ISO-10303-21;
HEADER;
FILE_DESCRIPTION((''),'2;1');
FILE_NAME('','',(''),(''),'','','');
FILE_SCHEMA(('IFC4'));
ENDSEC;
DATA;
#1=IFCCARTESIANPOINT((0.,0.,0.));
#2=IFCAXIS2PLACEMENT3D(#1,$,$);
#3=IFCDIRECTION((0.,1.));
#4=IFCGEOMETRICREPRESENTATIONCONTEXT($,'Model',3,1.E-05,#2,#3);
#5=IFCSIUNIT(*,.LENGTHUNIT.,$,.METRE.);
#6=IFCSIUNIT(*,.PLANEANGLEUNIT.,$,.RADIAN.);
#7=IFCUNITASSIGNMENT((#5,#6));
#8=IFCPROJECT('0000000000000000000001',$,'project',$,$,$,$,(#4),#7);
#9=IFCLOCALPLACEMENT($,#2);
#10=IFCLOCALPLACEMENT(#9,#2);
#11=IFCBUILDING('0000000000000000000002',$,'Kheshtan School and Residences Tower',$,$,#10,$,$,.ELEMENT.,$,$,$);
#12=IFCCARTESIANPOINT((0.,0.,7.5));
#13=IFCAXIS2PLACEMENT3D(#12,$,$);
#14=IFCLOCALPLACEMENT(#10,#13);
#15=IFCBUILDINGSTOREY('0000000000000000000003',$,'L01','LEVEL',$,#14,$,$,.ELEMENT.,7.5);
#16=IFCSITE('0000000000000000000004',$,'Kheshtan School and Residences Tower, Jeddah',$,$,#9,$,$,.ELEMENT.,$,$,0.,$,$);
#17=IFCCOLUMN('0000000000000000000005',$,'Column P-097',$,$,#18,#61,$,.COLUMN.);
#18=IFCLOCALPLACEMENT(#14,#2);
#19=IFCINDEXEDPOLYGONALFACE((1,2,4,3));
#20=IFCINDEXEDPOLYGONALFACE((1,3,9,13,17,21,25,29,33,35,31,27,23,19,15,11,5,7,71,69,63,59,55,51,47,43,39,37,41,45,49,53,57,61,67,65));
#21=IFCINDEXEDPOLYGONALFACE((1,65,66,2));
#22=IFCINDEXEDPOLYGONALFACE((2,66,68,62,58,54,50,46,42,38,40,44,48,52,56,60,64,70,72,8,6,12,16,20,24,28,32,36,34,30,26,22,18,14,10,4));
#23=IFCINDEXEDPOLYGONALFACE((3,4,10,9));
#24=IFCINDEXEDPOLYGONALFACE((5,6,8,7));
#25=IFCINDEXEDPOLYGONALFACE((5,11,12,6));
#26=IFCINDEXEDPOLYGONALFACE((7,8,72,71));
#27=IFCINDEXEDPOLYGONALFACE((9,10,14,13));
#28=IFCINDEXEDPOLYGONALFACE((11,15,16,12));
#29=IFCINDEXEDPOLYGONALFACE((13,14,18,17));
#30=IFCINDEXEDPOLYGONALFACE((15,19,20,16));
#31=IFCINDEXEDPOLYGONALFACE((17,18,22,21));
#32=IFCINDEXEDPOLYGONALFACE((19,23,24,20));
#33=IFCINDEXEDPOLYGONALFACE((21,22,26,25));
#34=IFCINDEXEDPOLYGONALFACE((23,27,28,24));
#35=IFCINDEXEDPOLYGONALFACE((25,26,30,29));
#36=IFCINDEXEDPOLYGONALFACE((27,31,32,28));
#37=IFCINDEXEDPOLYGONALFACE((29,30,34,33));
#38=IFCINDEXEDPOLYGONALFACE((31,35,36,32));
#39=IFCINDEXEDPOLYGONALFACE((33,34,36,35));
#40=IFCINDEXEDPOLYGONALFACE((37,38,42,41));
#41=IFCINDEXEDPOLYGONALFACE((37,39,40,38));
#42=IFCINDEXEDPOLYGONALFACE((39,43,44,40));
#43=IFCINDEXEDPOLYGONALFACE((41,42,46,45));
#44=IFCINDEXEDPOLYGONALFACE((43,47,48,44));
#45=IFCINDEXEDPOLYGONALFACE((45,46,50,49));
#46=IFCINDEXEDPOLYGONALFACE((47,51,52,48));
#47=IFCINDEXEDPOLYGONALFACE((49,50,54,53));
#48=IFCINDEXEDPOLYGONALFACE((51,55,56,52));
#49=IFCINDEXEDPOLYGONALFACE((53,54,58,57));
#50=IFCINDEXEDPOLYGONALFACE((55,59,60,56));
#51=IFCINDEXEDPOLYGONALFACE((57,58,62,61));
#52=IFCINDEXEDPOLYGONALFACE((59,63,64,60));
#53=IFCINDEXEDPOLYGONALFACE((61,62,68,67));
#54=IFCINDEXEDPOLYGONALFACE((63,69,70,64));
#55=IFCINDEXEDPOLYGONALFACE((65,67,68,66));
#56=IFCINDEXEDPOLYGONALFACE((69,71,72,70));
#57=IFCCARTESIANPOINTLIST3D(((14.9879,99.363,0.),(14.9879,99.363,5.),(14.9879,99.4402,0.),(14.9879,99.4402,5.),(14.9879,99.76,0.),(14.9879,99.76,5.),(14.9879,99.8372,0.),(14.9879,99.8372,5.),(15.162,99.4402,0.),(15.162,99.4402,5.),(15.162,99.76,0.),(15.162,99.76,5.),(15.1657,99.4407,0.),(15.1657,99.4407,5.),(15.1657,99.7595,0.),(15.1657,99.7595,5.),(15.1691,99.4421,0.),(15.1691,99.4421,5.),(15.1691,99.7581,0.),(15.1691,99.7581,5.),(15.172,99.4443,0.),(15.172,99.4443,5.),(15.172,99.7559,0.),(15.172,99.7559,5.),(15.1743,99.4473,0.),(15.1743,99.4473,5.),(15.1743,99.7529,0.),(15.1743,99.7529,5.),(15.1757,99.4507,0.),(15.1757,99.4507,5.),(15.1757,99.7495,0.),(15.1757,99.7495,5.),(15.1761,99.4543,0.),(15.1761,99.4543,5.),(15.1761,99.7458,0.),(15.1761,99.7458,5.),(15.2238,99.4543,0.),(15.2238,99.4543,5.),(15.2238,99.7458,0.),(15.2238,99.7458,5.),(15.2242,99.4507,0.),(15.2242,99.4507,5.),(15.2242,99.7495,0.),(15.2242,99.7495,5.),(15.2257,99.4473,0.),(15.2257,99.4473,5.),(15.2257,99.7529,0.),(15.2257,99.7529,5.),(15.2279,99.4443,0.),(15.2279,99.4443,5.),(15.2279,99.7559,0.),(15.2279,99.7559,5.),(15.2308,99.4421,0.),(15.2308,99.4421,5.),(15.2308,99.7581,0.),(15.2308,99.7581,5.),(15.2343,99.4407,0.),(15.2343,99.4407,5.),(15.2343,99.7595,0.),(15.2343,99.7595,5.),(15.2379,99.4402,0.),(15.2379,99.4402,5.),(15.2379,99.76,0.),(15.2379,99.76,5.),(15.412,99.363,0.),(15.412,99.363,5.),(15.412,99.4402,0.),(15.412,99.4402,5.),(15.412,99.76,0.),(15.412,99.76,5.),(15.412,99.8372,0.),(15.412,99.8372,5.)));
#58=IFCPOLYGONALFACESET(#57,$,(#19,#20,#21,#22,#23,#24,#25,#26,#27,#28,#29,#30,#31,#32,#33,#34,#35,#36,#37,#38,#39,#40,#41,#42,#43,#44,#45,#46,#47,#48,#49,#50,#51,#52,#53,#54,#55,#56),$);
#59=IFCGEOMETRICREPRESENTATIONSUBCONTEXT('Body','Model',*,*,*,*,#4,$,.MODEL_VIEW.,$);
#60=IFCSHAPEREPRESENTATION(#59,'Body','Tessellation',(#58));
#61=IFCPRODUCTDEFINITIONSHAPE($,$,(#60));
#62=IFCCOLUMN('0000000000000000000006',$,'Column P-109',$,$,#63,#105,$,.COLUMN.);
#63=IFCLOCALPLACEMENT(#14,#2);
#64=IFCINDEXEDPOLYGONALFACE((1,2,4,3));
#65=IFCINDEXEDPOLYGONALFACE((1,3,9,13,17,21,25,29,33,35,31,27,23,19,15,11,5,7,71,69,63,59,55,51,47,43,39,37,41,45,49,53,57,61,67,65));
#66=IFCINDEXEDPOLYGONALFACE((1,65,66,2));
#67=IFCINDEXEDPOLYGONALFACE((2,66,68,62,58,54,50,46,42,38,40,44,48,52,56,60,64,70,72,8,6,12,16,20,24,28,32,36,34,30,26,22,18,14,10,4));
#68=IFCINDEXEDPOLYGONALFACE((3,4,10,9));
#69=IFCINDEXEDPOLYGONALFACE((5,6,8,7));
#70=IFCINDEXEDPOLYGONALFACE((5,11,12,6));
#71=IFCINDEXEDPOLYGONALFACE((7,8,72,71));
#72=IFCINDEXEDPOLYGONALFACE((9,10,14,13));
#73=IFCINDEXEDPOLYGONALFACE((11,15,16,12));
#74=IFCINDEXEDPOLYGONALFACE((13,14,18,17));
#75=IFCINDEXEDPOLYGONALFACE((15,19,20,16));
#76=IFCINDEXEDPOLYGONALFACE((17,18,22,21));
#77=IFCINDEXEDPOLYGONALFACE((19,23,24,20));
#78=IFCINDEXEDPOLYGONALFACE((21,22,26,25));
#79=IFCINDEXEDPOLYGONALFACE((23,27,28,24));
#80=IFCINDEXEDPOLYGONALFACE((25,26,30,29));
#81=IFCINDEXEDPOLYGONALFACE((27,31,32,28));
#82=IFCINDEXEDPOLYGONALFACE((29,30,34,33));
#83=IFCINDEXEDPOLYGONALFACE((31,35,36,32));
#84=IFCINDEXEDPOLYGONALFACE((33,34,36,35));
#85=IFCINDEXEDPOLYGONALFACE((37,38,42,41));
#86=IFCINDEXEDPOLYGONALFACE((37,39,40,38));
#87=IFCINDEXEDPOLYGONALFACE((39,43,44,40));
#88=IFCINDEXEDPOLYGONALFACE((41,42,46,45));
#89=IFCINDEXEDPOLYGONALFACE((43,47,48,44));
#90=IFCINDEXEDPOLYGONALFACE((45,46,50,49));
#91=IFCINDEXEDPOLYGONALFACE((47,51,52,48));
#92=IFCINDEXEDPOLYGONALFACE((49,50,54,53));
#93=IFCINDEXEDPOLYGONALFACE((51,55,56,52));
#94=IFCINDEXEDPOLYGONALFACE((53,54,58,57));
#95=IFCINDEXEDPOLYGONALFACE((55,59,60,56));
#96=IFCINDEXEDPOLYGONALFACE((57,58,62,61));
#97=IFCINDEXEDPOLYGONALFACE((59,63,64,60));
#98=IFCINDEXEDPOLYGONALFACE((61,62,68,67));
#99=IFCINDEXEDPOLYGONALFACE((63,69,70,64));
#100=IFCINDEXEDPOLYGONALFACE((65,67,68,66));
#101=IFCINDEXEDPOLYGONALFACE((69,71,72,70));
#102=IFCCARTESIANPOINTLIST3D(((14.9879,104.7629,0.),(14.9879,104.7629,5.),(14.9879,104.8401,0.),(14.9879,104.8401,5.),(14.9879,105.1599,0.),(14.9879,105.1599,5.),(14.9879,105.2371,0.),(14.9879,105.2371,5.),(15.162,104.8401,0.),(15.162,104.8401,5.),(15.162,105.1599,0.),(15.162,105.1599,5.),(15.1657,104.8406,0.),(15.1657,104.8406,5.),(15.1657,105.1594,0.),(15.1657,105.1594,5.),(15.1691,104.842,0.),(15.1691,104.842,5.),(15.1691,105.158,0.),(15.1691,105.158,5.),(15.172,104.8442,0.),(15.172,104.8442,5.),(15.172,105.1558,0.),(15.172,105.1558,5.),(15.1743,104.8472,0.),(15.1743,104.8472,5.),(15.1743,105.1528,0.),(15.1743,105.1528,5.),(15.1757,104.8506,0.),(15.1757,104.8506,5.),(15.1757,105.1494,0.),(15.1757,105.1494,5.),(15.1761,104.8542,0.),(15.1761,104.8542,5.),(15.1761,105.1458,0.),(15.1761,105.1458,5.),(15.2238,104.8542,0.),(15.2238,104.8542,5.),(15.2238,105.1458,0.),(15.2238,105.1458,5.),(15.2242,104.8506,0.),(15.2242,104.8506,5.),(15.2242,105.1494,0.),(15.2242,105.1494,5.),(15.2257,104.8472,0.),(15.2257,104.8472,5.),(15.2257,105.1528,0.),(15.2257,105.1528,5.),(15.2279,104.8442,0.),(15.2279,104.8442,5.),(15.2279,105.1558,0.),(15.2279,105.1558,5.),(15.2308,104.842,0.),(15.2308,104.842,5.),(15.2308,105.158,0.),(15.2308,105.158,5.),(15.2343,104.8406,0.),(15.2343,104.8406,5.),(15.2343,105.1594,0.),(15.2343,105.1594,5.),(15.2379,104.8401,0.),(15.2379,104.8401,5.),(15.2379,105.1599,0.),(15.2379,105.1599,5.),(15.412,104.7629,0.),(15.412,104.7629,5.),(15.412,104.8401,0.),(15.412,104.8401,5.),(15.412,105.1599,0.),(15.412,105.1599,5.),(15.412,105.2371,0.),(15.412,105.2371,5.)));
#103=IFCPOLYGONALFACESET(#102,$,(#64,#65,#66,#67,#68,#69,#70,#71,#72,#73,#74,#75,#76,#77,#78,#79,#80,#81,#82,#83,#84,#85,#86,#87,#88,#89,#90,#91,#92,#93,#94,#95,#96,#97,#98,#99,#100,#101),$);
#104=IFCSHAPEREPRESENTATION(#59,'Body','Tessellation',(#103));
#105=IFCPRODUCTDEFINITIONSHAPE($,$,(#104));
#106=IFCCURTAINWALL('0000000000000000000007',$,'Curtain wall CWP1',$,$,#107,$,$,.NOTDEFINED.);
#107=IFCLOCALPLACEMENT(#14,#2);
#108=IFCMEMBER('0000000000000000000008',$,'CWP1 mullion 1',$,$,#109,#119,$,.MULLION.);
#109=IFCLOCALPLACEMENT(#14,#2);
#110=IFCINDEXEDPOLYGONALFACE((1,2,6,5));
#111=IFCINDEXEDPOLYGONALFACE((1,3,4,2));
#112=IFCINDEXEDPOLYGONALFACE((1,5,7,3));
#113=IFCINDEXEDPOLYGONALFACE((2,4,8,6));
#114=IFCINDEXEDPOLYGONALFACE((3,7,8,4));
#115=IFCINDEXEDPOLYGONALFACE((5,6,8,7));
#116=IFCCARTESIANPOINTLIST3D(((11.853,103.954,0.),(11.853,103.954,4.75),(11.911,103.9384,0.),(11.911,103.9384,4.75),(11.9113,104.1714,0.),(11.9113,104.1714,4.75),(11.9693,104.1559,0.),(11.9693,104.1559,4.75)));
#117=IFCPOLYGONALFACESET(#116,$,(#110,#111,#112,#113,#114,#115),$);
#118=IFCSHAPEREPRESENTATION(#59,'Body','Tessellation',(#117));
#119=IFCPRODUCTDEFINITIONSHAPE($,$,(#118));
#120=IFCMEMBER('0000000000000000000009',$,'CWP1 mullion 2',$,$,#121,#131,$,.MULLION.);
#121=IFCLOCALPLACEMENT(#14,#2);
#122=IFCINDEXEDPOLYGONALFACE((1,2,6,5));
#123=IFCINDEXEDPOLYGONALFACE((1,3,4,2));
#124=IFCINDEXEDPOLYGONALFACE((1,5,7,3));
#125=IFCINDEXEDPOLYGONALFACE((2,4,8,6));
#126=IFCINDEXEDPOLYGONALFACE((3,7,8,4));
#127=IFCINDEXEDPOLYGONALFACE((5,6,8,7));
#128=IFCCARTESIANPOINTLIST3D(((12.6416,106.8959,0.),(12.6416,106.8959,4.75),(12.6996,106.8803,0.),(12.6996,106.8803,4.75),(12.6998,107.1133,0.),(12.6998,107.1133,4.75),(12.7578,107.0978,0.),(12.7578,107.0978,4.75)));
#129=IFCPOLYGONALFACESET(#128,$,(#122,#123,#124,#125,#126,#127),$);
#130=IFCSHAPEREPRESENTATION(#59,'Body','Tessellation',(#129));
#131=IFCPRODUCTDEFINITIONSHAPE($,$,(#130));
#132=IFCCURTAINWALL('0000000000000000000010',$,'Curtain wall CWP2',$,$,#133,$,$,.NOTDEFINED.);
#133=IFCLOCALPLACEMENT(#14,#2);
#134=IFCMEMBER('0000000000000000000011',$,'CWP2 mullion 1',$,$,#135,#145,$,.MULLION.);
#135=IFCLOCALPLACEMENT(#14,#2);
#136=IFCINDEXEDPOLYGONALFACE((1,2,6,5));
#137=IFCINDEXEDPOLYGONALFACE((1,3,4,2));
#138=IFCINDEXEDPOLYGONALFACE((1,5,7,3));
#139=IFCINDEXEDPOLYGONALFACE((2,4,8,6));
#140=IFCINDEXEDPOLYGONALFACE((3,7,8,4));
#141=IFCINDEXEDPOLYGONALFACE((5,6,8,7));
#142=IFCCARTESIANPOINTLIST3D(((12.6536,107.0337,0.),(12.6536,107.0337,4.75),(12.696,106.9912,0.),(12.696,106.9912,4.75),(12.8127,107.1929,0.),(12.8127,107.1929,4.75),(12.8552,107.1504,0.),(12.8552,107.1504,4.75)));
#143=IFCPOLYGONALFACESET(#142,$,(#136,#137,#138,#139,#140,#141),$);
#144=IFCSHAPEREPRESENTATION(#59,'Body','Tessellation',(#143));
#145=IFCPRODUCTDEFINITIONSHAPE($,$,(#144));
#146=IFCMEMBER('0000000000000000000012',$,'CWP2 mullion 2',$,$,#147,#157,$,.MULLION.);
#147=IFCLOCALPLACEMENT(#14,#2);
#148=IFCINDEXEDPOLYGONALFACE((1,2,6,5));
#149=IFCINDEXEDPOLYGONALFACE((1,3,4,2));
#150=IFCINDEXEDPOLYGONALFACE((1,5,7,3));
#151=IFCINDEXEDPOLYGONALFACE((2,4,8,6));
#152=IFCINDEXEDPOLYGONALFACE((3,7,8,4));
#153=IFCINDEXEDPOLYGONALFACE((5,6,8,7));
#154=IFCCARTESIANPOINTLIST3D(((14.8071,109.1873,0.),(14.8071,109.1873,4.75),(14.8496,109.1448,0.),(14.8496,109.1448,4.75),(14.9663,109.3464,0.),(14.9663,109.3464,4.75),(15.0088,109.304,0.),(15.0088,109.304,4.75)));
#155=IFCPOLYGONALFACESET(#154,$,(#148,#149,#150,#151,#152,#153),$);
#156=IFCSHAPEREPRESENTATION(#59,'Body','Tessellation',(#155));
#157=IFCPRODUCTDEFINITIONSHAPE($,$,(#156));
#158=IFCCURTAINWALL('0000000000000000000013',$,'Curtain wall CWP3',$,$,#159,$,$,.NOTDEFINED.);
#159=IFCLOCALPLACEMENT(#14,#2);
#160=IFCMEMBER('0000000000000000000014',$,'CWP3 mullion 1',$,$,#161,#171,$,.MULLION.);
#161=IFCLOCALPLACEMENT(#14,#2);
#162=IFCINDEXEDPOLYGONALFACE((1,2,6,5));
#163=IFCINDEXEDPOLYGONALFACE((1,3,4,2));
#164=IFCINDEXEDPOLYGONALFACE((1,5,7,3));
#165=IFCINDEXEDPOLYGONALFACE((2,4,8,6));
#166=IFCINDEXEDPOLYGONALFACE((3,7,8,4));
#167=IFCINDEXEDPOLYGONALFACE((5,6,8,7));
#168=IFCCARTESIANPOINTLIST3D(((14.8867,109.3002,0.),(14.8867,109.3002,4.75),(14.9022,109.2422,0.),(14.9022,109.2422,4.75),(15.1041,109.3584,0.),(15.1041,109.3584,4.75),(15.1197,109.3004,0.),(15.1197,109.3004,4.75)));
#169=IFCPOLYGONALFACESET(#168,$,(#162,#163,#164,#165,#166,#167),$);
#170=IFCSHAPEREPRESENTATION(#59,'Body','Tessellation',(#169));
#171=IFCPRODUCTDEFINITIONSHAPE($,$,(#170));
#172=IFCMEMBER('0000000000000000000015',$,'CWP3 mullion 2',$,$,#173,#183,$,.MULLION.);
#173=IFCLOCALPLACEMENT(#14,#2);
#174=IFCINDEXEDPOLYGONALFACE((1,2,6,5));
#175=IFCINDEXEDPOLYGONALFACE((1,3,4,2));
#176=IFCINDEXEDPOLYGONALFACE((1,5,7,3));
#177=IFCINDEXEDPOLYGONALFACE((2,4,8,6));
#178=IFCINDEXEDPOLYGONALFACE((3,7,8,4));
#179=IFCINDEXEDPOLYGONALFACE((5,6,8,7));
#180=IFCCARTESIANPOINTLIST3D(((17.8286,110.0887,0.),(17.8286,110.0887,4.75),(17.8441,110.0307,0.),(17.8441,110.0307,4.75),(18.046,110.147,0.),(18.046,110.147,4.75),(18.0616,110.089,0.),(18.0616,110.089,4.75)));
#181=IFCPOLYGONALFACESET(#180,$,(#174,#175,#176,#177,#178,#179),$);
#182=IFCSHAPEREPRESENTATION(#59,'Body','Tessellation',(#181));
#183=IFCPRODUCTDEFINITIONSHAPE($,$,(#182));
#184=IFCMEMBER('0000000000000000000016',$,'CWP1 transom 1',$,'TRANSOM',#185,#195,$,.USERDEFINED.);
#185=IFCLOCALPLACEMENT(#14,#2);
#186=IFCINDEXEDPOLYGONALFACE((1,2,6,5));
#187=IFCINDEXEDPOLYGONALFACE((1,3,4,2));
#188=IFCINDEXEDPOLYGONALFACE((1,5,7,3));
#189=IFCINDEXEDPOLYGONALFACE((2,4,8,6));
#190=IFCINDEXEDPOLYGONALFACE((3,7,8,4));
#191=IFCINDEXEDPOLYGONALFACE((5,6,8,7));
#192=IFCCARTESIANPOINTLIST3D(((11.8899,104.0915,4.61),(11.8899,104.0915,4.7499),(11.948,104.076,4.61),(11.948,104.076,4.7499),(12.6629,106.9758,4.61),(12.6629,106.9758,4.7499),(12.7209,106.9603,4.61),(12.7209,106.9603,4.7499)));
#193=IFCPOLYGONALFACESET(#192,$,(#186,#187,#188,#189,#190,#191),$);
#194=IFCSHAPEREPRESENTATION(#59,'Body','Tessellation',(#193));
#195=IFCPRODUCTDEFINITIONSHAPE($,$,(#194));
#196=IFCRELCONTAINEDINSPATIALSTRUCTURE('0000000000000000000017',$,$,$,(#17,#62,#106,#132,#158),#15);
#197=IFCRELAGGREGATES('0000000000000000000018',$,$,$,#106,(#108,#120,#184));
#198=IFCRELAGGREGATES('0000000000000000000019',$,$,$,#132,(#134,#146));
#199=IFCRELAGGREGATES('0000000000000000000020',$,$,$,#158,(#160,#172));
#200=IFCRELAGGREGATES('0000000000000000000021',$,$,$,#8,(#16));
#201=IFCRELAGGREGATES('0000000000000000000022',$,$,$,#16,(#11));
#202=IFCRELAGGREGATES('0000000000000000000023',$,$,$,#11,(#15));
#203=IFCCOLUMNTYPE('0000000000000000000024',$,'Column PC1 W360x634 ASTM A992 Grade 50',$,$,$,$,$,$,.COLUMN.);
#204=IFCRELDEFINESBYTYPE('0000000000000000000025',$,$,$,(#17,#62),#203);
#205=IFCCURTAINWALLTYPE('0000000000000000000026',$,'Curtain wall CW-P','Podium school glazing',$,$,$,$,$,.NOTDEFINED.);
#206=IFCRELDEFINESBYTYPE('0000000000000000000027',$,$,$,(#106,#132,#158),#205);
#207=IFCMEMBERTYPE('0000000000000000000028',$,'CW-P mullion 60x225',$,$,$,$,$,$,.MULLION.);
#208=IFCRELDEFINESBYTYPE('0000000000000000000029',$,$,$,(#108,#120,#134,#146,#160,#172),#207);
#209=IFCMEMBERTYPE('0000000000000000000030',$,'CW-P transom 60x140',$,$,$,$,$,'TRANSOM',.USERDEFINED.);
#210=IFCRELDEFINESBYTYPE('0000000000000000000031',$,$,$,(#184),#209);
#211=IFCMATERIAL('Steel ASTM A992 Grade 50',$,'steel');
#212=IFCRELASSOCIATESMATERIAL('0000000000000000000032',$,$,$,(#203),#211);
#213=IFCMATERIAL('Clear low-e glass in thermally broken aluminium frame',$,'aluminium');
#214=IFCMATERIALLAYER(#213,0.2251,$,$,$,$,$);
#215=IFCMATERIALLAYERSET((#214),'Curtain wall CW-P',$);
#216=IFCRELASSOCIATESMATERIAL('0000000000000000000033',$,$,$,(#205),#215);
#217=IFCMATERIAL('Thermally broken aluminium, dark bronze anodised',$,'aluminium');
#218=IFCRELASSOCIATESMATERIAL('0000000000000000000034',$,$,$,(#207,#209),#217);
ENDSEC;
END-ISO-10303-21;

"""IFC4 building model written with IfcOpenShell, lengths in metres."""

from ifc_helpers import new_model, si_unit, direction, frame, origin, origin_2d, place, context, subcontext, project, spatial, rectangle, i_section, extrude, material, layer, layer_set, material_profile, profile_set, type_object, element, aggregate, save


model = new_model("IFC4")

# Units and contexts
model_context = context("Model", 3, precision=1e-05, world=origin(), true_north=direction((0.0, 1.0)))
body_context = subcontext(model_context, "Body", "Model", "MODEL_VIEW")
ifc_project = project(units=[si_unit("LENGTHUNIT", "METRE"), si_unit("PLANEANGLEUNIT", "RADIAN")], contexts=[model_context])

# Site, building, storey
site_placement = place(None, origin())
site = spatial("IfcSite", under=ifc_project, at=site_placement, Name="Kheshtan School and Residences Tower, Jeddah", CompositionType="ELEMENT", RefElevation=0.0)
building_placement = place(site_placement, origin())
building = spatial("IfcBuilding", under=site, at=building_placement, Name="Kheshtan School and Residences Tower", CompositionType="ELEMENT")
storey_placement = place(building_placement, frame((0.0, 0.0, 7.5)))
storey = spatial("IfcBuildingStorey", under=building, at=storey_placement, Name="L01", Description="LEVEL", CompositionType="ELEMENT", Elevation=7.5)

# Columns
ifc_material_1 = material(Name="Steel ASTM A992 Grade 50", Category="steel")
ifc_material_profile_1 = material_profile(ifc_material_1, i_section(OverallWidth=0.4241, OverallDepth=0.4741, WebThickness=0.0476, FlangeThickness=0.0771, FilletRadius=0.0142, at=origin_2d()), Name="W360x634")
ifc_profile_set_1 = profile_set([ifc_material_profile_1], Name="Steel ASTM A992 Grade 50")
column_type = type_object("IfcColumnType", Name="Column PC1 W360x634 ASTM A992 Grade 50", PredefinedType="COLUMN", material=ifc_profile_set_1)
for number, where, z_axis, x_axis, name in (
    (1, (15.2, 99.6001, 0.0), (0.0, 0.0, 1.0), (1.0, 0.0, 0.0), "Column P-097"),
    (2, (15.2, 105.0, 0.0), (0.0, 0.0, 1.0), (1.0, 0.0, 0.0), "Column P-109"),
):
    element("IfcColumn", number, at=place(storey_placement, frame(where, z_axis=z_axis, x_axis=x_axis)), inside=storey, type_object=column_type, Name=name, PredefinedType="COLUMN", context=body_context, shape_type="SweptSolid", body=[
        extrude(i_section(OverallWidth=0.4241, OverallDepth=0.4741, WebThickness=0.0476, FlangeThickness=0.0771, FilletRadius=0.0142, at=origin_2d()), origin(), (0.0, 0.0, 1.0), 5.0),
    ])

# Curtain walls, members
ifc_material_2 = material(Name="Clear low-e glass in thermally broken aluminium frame", Category="aluminium")
ifc_layer_1 = layer(ifc_material_2, 0.2251)
ifc_layer_set_1 = layer_set([ifc_layer_1], Name="Curtain wall CW-P")
curtain_wall_type = type_object("IfcCurtainWallType", Name="Curtain wall CW-P", Description="Podium school glazing", PredefinedType="NOTDEFINED", material=ifc_layer_set_1)
curtain_wall_1_placement = place(storey_placement, origin())
curtain_wall_1 = element("IfcCurtainWall", 3, at=curtain_wall_1_placement, inside=storey, type_object=curtain_wall_type, Name="Curtain wall CWP1", PredefinedType="NOTDEFINED")
ifc_material_3 = material(Name="Thermally broken aluminium, dark bronze anodised", Category="aluminium")
ifc_material_profile_2 = material_profile(ifc_material_3, rectangle(XDim=0.0601, YDim=0.2251, at=origin_2d()), Name="CW-P mullion 60x225")
ifc_profile_set_2 = profile_set([ifc_material_profile_2], Name="Thermally broken aluminium, dark bronze anodised")
member_type_1 = type_object("IfcMemberType", Name="CW-P mullion 60x225", PredefinedType="MULLION", material=ifc_profile_set_2)
member_1_placement = place(storey_placement, frame((11.9111, 104.0549, 0.0), z_axis=(0.0, 0.0, 1.0), x_axis=(-0.965914, 0.258865, 0.0)))
member_1 = element("IfcMember", 4, at=member_1_placement, type_object=member_type_1, Name="CWP1 mullion 1", PredefinedType="MULLION", context=body_context, shape_type="SweptSolid", body=[
    extrude(rectangle(XDim=0.0601, YDim=0.2251, at=origin_2d()), origin(), (0.0, 0.0, 1.0), 4.75),
])
member_2_placement = place(storey_placement, frame((12.6997, 106.9968, 0.0), z_axis=(0.0, 0.0, 1.0), x_axis=(-0.965914, 0.258865, 0.0)))
member_2 = element("IfcMember", 5, at=member_2_placement, type_object=member_type_1, Name="CWP1 mullion 2", PredefinedType="MULLION", context=body_context, shape_type="SweptSolid", body=[
    extrude(rectangle(XDim=0.0601, YDim=0.2251, at=origin_2d()), origin(), (0.0, 0.0, 1.0), 4.75),
])
curtain_wall_2_placement = place(storey_placement, origin())
curtain_wall_2 = element("IfcCurtainWall", 6, at=curtain_wall_2_placement, inside=storey, type_object=curtain_wall_type, Name="Curtain wall CWP2", PredefinedType="NOTDEFINED")
member_3_placement = place(storey_placement, frame((12.7544, 107.092, 0.0), z_axis=(0.0, 0.0, 1.0), x_axis=(-0.707107, 0.707107, 0.0)))
member_3 = element("IfcMember", 7, at=member_3_placement, type_object=member_type_1, Name="CWP2 mullion 1", PredefinedType="MULLION", context=body_context, shape_type="SweptSolid", body=[
    extrude(rectangle(XDim=0.0601, YDim=0.2251, at=origin_2d()), origin(), (0.0, 0.0, 1.0), 4.75),
])
member_4_placement = place(storey_placement, frame((14.908, 109.2456, 0.0), z_axis=(0.0, 0.0, 1.0), x_axis=(-0.707107, 0.707107, 0.0)))
member_4 = element("IfcMember", 8, at=member_4_placement, type_object=member_type_1, Name="CWP2 mullion 2", PredefinedType="MULLION", context=body_context, shape_type="SweptSolid", body=[
    extrude(rectangle(XDim=0.0601, YDim=0.2251, at=origin_2d()), origin(), (0.0, 0.0, 1.0), 4.75),
])
curtain_wall_3_placement = place(storey_placement, origin())
curtain_wall_3 = element("IfcCurtainWall", 9, at=curtain_wall_3_placement, inside=storey, type_object=curtain_wall_type, Name="Curtain wall CWP3", PredefinedType="NOTDEFINED")
member_5_placement = place(storey_placement, frame((15.0032, 109.3003, 0.0), z_axis=(0.0, 0.0, 1.0), x_axis=(-0.258865, 0.965914, 0.0)))
member_5 = element("IfcMember", 10, at=member_5_placement, type_object=member_type_1, Name="CWP3 mullion 1", PredefinedType="MULLION", context=body_context, shape_type="SweptSolid", body=[
    extrude(rectangle(XDim=0.0601, YDim=0.2251, at=origin_2d()), origin(), (0.0, 0.0, 1.0), 4.75),
])
member_6_placement = place(storey_placement, frame((17.9451, 110.0889, 0.0), z_axis=(0.0, 0.0, 1.0), x_axis=(-0.258865, 0.965914, 0.0)))
member_6 = element("IfcMember", 11, at=member_6_placement, type_object=member_type_1, Name="CWP3 mullion 2", PredefinedType="MULLION", context=body_context, shape_type="SweptSolid", body=[
    extrude(rectangle(XDim=0.0601, YDim=0.2251, at=origin_2d()), origin(), (0.0, 0.0, 1.0), 4.75),
])

# Member
ifc_material_profile_3 = material_profile(ifc_material_3, rectangle(XDim=0.0601, YDim=0.1399, at=origin_2d()), Name="CW-P transom 60x140")
ifc_profile_set_3 = profile_set([ifc_material_profile_3], Name="Thermally broken aluminium, dark bronze anodised")
member_type_2 = type_object("IfcMemberType", Name="CW-P transom 60x140", ElementType="TRANSOM", PredefinedType="USERDEFINED", material=ifc_profile_set_3)
member_7_placement = place(storey_placement, frame((11.9189, 104.0837, 4.6799), z_axis=(0.258853, 0.965917, 0.0), x_axis=(-0.965917, 0.258853, 0.0)))
member_7 = element("IfcMember", 12, at=member_7_placement, type_object=member_type_2, Name="CWP1 transom 1", ObjectType="TRANSOM", PredefinedType="USERDEFINED", context=body_context, shape_type="SweptSolid", body=[
    extrude(rectangle(XDim=0.0601, YDim=0.1399, at=origin_2d()), origin(), (0.0, 0.0, 1.0), 2.9861),
])

aggregate(curtain_wall_1, [member_1, member_2, member_7])
aggregate(curtain_wall_2, [member_3, member_4])
aggregate(curtain_wall_3, [member_5, member_6])

save(model, "model.ifc")
